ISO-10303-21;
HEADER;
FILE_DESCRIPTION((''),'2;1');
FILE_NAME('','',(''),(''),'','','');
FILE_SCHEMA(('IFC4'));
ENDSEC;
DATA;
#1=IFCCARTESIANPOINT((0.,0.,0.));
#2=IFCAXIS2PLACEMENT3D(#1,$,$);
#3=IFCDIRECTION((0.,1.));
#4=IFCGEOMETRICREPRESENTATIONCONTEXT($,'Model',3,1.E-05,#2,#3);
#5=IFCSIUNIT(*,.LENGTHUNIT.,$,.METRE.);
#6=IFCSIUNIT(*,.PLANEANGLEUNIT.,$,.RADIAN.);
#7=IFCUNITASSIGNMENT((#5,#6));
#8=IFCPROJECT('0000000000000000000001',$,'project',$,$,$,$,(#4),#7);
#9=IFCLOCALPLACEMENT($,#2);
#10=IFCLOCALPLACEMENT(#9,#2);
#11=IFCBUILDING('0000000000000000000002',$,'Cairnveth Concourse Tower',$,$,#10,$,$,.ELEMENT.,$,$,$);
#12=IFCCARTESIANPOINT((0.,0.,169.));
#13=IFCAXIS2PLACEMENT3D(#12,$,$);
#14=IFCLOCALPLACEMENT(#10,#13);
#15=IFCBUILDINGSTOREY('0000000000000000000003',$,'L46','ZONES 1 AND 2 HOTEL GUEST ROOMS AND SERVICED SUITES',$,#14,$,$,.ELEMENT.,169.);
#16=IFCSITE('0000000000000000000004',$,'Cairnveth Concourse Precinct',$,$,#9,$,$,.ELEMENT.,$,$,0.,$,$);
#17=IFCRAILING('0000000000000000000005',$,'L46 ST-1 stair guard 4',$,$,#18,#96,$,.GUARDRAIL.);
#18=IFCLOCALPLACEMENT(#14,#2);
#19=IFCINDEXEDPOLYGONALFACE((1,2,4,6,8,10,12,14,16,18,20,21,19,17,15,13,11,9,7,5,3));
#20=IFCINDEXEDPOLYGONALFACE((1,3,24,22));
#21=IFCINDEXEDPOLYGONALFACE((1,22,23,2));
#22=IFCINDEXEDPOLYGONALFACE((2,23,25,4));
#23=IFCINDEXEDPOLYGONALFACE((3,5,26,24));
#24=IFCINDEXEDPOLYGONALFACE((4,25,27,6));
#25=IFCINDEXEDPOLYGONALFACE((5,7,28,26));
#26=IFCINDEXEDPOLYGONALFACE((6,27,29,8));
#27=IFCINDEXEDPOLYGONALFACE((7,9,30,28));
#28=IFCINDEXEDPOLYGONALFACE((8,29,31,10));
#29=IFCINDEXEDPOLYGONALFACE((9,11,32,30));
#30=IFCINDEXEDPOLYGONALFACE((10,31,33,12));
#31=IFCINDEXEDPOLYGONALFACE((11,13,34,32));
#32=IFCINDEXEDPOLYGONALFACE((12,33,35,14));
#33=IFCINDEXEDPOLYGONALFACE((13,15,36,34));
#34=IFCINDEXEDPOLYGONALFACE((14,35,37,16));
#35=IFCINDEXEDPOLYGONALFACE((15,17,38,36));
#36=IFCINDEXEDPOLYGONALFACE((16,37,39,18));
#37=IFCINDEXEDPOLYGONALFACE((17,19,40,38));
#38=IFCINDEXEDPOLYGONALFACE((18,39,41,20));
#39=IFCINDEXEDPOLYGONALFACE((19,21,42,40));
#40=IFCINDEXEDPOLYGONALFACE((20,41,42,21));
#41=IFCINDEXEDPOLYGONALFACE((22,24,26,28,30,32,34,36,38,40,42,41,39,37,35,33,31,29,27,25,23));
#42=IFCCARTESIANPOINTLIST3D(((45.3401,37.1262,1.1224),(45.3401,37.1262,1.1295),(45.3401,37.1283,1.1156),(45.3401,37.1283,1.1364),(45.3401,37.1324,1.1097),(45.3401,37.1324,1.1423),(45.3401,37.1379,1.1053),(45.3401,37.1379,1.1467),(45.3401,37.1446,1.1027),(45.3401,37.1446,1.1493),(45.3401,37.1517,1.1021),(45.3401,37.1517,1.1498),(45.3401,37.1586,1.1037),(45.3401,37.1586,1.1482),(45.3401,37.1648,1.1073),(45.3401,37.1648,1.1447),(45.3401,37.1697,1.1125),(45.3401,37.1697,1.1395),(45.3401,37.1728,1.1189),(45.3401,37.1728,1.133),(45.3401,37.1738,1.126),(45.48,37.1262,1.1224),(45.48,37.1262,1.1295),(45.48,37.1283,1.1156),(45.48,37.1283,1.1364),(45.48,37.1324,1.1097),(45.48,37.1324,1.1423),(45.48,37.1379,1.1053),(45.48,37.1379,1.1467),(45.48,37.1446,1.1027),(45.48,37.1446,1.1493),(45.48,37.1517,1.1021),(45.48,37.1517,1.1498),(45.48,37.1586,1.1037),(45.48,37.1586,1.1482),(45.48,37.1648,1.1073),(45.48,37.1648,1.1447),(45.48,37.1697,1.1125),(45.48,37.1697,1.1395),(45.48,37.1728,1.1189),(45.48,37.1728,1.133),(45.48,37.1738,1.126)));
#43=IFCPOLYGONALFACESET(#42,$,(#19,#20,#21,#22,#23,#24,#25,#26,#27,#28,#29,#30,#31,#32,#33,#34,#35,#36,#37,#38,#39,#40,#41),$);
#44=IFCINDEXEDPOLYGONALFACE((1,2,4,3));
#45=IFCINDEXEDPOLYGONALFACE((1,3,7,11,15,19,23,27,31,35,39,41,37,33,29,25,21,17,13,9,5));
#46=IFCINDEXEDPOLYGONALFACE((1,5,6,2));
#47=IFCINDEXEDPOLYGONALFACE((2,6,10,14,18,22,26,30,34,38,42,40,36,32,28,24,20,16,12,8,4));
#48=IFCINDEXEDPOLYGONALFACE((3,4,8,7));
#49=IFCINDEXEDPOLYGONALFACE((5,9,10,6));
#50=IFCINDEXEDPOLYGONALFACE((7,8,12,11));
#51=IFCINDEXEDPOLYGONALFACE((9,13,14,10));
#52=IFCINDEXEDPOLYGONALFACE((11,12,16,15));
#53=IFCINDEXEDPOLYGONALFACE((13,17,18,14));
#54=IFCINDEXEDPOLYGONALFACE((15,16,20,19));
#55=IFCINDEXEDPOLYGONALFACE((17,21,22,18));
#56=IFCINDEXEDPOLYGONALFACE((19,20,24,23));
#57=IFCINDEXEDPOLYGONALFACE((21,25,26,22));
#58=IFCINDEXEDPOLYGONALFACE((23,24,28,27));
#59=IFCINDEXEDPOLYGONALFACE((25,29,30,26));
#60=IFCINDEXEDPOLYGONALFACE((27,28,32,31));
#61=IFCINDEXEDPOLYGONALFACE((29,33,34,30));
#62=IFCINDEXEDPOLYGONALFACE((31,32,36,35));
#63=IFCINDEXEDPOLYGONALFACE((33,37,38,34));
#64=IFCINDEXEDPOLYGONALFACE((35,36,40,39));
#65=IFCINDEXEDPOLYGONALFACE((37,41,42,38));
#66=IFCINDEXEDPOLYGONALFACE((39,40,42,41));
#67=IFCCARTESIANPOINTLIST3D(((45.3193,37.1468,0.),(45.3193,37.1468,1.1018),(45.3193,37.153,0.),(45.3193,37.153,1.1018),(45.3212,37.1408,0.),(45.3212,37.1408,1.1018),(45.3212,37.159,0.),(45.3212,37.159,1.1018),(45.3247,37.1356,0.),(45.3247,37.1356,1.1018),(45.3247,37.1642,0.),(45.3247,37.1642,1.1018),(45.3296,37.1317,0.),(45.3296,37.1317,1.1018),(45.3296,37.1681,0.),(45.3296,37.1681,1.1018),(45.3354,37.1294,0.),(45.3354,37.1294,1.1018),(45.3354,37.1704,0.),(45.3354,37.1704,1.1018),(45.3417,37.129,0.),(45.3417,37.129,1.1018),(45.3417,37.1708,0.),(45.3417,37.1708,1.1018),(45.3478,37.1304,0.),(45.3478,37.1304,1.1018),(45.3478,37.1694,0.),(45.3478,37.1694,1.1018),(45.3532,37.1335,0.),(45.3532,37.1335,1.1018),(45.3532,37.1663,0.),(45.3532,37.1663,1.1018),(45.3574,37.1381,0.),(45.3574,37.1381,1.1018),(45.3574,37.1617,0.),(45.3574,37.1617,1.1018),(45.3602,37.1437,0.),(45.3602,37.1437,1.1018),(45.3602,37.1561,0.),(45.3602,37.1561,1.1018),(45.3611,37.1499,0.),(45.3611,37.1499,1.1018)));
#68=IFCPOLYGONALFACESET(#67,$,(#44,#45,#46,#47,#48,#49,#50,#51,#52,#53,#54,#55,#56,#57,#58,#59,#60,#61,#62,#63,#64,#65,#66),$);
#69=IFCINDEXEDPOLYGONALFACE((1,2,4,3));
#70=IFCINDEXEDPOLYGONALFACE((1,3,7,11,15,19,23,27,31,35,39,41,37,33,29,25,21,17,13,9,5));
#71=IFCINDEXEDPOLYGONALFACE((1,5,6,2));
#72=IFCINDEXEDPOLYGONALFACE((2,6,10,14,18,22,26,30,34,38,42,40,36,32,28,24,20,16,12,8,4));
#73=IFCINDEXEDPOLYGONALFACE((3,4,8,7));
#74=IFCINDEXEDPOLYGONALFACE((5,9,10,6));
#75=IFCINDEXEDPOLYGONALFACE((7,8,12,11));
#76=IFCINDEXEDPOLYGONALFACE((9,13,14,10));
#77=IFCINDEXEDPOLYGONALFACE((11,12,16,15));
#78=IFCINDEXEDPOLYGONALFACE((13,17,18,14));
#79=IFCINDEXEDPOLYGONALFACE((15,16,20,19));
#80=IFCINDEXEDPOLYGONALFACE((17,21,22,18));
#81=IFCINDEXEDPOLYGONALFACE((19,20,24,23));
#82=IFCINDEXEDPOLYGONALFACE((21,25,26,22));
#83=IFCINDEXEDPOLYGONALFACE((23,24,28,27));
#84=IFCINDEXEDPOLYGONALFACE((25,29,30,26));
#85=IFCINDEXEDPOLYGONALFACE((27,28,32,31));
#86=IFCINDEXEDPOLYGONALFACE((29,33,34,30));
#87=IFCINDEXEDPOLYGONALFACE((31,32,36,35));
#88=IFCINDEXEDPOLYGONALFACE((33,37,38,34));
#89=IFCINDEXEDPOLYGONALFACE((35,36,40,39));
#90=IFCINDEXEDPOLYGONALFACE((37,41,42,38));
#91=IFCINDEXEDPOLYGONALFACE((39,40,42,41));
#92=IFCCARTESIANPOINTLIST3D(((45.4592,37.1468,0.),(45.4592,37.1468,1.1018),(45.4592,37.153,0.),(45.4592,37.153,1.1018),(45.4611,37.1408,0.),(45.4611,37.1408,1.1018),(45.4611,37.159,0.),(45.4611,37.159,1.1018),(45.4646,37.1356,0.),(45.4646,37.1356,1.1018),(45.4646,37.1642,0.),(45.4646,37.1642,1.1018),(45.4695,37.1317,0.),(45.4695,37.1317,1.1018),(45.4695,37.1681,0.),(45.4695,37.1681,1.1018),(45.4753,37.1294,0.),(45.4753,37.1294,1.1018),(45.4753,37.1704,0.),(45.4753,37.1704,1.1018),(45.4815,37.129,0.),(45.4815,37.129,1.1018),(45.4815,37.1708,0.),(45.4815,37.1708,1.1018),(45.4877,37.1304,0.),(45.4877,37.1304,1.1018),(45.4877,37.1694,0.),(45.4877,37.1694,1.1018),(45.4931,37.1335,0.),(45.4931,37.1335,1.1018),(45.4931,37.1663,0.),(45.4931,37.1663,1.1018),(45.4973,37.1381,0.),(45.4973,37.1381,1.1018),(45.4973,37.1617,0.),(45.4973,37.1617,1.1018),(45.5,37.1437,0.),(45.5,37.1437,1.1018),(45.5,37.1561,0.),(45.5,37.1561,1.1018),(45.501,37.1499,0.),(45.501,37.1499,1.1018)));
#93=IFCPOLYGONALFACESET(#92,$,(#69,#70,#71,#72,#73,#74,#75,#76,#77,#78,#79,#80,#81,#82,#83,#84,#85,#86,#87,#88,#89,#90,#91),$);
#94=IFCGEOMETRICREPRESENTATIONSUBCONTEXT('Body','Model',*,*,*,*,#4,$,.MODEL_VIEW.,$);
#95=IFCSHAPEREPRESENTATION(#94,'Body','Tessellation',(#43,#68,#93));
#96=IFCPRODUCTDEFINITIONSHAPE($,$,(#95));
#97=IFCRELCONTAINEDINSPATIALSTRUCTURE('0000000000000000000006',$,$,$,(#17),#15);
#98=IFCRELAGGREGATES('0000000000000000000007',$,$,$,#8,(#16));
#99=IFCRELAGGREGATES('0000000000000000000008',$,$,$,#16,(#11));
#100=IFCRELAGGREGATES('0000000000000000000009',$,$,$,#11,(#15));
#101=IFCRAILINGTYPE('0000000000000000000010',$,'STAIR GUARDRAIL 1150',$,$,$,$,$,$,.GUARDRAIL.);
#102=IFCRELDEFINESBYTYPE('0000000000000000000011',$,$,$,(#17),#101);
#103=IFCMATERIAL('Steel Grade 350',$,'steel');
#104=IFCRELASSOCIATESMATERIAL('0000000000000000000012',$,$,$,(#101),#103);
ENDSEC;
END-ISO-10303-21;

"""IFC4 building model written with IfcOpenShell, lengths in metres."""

from ifc_helpers import new_model, si_unit, direction, frame, origin, origin_2d, place, context, subcontext, project, spatial, circle, extrude, material, type_object, element, save


model = new_model("IFC4")

# Units and contexts
model_context = context("Model", 3, precision=1e-05, world=origin(), true_north=direction((0.0, 1.0)))
body_context = subcontext(model_context, "Body", "Model", "MODEL_VIEW")
ifc_project = project(units=[si_unit("LENGTHUNIT", "METRE"), si_unit("PLANEANGLEUNIT", "RADIAN")], contexts=[model_context])

# Site, building, storey
site_placement = place(None, origin())
site = spatial("IfcSite", under=ifc_project, at=site_placement, Name="Cairnveth Concourse Precinct", CompositionType="ELEMENT", RefElevation=0.0)
building_placement = place(site_placement, origin())
building = spatial("IfcBuilding", under=site, at=building_placement, Name="Cairnveth Concourse Tower", CompositionType="ELEMENT")
storey_placement = place(building_placement, frame((0.0, 0.0, 169.0)))
storey = spatial("IfcBuildingStorey", under=building, at=storey_placement, Name="L46", Description="ZONES 1 AND 2 HOTEL GUEST ROOMS AND SERVICED SUITES", CompositionType="ELEMENT", Elevation=169.0)

# Shared definitions
ifc_material_1 = material(Name="Steel Grade 350", Category="steel")

# Railing
railing_type = type_object("IfcRailingType", Name="STAIR GUARDRAIL 1150", PredefinedType="GUARDRAIL", material=ifc_material_1)
railing_1_placement = place(storey_placement, frame((45.3401, 37.1499, 0.0)))
element("IfcRailing", 1, at=railing_1_placement, inside=storey, type_object=railing_type, Name="L46 ST-1 stair guard 4", PredefinedType="GUARDRAIL", context=body_context, shape_type="SweptSolid", body=[
    extrude(circle(Radius=0.0239, at=origin_2d()), frame((0.0, 0.0, 1.126), z_axis=(1.0, 0.0, 0.0), x_axis=(0.0, 1.0, 0.0)), (0.0, 0.0, 1.0), 0.1399),
    extrude(circle(Radius=0.021, at=origin_2d()), origin(), (0.0, 0.0, 1.0), 1.1018),
    extrude(circle(Radius=0.021, at=origin_2d()), frame((0.1399, 0.0, 0.0)), (0.0, 0.0, 1.0), 1.1018),
])

save(model, "model.ifc")
